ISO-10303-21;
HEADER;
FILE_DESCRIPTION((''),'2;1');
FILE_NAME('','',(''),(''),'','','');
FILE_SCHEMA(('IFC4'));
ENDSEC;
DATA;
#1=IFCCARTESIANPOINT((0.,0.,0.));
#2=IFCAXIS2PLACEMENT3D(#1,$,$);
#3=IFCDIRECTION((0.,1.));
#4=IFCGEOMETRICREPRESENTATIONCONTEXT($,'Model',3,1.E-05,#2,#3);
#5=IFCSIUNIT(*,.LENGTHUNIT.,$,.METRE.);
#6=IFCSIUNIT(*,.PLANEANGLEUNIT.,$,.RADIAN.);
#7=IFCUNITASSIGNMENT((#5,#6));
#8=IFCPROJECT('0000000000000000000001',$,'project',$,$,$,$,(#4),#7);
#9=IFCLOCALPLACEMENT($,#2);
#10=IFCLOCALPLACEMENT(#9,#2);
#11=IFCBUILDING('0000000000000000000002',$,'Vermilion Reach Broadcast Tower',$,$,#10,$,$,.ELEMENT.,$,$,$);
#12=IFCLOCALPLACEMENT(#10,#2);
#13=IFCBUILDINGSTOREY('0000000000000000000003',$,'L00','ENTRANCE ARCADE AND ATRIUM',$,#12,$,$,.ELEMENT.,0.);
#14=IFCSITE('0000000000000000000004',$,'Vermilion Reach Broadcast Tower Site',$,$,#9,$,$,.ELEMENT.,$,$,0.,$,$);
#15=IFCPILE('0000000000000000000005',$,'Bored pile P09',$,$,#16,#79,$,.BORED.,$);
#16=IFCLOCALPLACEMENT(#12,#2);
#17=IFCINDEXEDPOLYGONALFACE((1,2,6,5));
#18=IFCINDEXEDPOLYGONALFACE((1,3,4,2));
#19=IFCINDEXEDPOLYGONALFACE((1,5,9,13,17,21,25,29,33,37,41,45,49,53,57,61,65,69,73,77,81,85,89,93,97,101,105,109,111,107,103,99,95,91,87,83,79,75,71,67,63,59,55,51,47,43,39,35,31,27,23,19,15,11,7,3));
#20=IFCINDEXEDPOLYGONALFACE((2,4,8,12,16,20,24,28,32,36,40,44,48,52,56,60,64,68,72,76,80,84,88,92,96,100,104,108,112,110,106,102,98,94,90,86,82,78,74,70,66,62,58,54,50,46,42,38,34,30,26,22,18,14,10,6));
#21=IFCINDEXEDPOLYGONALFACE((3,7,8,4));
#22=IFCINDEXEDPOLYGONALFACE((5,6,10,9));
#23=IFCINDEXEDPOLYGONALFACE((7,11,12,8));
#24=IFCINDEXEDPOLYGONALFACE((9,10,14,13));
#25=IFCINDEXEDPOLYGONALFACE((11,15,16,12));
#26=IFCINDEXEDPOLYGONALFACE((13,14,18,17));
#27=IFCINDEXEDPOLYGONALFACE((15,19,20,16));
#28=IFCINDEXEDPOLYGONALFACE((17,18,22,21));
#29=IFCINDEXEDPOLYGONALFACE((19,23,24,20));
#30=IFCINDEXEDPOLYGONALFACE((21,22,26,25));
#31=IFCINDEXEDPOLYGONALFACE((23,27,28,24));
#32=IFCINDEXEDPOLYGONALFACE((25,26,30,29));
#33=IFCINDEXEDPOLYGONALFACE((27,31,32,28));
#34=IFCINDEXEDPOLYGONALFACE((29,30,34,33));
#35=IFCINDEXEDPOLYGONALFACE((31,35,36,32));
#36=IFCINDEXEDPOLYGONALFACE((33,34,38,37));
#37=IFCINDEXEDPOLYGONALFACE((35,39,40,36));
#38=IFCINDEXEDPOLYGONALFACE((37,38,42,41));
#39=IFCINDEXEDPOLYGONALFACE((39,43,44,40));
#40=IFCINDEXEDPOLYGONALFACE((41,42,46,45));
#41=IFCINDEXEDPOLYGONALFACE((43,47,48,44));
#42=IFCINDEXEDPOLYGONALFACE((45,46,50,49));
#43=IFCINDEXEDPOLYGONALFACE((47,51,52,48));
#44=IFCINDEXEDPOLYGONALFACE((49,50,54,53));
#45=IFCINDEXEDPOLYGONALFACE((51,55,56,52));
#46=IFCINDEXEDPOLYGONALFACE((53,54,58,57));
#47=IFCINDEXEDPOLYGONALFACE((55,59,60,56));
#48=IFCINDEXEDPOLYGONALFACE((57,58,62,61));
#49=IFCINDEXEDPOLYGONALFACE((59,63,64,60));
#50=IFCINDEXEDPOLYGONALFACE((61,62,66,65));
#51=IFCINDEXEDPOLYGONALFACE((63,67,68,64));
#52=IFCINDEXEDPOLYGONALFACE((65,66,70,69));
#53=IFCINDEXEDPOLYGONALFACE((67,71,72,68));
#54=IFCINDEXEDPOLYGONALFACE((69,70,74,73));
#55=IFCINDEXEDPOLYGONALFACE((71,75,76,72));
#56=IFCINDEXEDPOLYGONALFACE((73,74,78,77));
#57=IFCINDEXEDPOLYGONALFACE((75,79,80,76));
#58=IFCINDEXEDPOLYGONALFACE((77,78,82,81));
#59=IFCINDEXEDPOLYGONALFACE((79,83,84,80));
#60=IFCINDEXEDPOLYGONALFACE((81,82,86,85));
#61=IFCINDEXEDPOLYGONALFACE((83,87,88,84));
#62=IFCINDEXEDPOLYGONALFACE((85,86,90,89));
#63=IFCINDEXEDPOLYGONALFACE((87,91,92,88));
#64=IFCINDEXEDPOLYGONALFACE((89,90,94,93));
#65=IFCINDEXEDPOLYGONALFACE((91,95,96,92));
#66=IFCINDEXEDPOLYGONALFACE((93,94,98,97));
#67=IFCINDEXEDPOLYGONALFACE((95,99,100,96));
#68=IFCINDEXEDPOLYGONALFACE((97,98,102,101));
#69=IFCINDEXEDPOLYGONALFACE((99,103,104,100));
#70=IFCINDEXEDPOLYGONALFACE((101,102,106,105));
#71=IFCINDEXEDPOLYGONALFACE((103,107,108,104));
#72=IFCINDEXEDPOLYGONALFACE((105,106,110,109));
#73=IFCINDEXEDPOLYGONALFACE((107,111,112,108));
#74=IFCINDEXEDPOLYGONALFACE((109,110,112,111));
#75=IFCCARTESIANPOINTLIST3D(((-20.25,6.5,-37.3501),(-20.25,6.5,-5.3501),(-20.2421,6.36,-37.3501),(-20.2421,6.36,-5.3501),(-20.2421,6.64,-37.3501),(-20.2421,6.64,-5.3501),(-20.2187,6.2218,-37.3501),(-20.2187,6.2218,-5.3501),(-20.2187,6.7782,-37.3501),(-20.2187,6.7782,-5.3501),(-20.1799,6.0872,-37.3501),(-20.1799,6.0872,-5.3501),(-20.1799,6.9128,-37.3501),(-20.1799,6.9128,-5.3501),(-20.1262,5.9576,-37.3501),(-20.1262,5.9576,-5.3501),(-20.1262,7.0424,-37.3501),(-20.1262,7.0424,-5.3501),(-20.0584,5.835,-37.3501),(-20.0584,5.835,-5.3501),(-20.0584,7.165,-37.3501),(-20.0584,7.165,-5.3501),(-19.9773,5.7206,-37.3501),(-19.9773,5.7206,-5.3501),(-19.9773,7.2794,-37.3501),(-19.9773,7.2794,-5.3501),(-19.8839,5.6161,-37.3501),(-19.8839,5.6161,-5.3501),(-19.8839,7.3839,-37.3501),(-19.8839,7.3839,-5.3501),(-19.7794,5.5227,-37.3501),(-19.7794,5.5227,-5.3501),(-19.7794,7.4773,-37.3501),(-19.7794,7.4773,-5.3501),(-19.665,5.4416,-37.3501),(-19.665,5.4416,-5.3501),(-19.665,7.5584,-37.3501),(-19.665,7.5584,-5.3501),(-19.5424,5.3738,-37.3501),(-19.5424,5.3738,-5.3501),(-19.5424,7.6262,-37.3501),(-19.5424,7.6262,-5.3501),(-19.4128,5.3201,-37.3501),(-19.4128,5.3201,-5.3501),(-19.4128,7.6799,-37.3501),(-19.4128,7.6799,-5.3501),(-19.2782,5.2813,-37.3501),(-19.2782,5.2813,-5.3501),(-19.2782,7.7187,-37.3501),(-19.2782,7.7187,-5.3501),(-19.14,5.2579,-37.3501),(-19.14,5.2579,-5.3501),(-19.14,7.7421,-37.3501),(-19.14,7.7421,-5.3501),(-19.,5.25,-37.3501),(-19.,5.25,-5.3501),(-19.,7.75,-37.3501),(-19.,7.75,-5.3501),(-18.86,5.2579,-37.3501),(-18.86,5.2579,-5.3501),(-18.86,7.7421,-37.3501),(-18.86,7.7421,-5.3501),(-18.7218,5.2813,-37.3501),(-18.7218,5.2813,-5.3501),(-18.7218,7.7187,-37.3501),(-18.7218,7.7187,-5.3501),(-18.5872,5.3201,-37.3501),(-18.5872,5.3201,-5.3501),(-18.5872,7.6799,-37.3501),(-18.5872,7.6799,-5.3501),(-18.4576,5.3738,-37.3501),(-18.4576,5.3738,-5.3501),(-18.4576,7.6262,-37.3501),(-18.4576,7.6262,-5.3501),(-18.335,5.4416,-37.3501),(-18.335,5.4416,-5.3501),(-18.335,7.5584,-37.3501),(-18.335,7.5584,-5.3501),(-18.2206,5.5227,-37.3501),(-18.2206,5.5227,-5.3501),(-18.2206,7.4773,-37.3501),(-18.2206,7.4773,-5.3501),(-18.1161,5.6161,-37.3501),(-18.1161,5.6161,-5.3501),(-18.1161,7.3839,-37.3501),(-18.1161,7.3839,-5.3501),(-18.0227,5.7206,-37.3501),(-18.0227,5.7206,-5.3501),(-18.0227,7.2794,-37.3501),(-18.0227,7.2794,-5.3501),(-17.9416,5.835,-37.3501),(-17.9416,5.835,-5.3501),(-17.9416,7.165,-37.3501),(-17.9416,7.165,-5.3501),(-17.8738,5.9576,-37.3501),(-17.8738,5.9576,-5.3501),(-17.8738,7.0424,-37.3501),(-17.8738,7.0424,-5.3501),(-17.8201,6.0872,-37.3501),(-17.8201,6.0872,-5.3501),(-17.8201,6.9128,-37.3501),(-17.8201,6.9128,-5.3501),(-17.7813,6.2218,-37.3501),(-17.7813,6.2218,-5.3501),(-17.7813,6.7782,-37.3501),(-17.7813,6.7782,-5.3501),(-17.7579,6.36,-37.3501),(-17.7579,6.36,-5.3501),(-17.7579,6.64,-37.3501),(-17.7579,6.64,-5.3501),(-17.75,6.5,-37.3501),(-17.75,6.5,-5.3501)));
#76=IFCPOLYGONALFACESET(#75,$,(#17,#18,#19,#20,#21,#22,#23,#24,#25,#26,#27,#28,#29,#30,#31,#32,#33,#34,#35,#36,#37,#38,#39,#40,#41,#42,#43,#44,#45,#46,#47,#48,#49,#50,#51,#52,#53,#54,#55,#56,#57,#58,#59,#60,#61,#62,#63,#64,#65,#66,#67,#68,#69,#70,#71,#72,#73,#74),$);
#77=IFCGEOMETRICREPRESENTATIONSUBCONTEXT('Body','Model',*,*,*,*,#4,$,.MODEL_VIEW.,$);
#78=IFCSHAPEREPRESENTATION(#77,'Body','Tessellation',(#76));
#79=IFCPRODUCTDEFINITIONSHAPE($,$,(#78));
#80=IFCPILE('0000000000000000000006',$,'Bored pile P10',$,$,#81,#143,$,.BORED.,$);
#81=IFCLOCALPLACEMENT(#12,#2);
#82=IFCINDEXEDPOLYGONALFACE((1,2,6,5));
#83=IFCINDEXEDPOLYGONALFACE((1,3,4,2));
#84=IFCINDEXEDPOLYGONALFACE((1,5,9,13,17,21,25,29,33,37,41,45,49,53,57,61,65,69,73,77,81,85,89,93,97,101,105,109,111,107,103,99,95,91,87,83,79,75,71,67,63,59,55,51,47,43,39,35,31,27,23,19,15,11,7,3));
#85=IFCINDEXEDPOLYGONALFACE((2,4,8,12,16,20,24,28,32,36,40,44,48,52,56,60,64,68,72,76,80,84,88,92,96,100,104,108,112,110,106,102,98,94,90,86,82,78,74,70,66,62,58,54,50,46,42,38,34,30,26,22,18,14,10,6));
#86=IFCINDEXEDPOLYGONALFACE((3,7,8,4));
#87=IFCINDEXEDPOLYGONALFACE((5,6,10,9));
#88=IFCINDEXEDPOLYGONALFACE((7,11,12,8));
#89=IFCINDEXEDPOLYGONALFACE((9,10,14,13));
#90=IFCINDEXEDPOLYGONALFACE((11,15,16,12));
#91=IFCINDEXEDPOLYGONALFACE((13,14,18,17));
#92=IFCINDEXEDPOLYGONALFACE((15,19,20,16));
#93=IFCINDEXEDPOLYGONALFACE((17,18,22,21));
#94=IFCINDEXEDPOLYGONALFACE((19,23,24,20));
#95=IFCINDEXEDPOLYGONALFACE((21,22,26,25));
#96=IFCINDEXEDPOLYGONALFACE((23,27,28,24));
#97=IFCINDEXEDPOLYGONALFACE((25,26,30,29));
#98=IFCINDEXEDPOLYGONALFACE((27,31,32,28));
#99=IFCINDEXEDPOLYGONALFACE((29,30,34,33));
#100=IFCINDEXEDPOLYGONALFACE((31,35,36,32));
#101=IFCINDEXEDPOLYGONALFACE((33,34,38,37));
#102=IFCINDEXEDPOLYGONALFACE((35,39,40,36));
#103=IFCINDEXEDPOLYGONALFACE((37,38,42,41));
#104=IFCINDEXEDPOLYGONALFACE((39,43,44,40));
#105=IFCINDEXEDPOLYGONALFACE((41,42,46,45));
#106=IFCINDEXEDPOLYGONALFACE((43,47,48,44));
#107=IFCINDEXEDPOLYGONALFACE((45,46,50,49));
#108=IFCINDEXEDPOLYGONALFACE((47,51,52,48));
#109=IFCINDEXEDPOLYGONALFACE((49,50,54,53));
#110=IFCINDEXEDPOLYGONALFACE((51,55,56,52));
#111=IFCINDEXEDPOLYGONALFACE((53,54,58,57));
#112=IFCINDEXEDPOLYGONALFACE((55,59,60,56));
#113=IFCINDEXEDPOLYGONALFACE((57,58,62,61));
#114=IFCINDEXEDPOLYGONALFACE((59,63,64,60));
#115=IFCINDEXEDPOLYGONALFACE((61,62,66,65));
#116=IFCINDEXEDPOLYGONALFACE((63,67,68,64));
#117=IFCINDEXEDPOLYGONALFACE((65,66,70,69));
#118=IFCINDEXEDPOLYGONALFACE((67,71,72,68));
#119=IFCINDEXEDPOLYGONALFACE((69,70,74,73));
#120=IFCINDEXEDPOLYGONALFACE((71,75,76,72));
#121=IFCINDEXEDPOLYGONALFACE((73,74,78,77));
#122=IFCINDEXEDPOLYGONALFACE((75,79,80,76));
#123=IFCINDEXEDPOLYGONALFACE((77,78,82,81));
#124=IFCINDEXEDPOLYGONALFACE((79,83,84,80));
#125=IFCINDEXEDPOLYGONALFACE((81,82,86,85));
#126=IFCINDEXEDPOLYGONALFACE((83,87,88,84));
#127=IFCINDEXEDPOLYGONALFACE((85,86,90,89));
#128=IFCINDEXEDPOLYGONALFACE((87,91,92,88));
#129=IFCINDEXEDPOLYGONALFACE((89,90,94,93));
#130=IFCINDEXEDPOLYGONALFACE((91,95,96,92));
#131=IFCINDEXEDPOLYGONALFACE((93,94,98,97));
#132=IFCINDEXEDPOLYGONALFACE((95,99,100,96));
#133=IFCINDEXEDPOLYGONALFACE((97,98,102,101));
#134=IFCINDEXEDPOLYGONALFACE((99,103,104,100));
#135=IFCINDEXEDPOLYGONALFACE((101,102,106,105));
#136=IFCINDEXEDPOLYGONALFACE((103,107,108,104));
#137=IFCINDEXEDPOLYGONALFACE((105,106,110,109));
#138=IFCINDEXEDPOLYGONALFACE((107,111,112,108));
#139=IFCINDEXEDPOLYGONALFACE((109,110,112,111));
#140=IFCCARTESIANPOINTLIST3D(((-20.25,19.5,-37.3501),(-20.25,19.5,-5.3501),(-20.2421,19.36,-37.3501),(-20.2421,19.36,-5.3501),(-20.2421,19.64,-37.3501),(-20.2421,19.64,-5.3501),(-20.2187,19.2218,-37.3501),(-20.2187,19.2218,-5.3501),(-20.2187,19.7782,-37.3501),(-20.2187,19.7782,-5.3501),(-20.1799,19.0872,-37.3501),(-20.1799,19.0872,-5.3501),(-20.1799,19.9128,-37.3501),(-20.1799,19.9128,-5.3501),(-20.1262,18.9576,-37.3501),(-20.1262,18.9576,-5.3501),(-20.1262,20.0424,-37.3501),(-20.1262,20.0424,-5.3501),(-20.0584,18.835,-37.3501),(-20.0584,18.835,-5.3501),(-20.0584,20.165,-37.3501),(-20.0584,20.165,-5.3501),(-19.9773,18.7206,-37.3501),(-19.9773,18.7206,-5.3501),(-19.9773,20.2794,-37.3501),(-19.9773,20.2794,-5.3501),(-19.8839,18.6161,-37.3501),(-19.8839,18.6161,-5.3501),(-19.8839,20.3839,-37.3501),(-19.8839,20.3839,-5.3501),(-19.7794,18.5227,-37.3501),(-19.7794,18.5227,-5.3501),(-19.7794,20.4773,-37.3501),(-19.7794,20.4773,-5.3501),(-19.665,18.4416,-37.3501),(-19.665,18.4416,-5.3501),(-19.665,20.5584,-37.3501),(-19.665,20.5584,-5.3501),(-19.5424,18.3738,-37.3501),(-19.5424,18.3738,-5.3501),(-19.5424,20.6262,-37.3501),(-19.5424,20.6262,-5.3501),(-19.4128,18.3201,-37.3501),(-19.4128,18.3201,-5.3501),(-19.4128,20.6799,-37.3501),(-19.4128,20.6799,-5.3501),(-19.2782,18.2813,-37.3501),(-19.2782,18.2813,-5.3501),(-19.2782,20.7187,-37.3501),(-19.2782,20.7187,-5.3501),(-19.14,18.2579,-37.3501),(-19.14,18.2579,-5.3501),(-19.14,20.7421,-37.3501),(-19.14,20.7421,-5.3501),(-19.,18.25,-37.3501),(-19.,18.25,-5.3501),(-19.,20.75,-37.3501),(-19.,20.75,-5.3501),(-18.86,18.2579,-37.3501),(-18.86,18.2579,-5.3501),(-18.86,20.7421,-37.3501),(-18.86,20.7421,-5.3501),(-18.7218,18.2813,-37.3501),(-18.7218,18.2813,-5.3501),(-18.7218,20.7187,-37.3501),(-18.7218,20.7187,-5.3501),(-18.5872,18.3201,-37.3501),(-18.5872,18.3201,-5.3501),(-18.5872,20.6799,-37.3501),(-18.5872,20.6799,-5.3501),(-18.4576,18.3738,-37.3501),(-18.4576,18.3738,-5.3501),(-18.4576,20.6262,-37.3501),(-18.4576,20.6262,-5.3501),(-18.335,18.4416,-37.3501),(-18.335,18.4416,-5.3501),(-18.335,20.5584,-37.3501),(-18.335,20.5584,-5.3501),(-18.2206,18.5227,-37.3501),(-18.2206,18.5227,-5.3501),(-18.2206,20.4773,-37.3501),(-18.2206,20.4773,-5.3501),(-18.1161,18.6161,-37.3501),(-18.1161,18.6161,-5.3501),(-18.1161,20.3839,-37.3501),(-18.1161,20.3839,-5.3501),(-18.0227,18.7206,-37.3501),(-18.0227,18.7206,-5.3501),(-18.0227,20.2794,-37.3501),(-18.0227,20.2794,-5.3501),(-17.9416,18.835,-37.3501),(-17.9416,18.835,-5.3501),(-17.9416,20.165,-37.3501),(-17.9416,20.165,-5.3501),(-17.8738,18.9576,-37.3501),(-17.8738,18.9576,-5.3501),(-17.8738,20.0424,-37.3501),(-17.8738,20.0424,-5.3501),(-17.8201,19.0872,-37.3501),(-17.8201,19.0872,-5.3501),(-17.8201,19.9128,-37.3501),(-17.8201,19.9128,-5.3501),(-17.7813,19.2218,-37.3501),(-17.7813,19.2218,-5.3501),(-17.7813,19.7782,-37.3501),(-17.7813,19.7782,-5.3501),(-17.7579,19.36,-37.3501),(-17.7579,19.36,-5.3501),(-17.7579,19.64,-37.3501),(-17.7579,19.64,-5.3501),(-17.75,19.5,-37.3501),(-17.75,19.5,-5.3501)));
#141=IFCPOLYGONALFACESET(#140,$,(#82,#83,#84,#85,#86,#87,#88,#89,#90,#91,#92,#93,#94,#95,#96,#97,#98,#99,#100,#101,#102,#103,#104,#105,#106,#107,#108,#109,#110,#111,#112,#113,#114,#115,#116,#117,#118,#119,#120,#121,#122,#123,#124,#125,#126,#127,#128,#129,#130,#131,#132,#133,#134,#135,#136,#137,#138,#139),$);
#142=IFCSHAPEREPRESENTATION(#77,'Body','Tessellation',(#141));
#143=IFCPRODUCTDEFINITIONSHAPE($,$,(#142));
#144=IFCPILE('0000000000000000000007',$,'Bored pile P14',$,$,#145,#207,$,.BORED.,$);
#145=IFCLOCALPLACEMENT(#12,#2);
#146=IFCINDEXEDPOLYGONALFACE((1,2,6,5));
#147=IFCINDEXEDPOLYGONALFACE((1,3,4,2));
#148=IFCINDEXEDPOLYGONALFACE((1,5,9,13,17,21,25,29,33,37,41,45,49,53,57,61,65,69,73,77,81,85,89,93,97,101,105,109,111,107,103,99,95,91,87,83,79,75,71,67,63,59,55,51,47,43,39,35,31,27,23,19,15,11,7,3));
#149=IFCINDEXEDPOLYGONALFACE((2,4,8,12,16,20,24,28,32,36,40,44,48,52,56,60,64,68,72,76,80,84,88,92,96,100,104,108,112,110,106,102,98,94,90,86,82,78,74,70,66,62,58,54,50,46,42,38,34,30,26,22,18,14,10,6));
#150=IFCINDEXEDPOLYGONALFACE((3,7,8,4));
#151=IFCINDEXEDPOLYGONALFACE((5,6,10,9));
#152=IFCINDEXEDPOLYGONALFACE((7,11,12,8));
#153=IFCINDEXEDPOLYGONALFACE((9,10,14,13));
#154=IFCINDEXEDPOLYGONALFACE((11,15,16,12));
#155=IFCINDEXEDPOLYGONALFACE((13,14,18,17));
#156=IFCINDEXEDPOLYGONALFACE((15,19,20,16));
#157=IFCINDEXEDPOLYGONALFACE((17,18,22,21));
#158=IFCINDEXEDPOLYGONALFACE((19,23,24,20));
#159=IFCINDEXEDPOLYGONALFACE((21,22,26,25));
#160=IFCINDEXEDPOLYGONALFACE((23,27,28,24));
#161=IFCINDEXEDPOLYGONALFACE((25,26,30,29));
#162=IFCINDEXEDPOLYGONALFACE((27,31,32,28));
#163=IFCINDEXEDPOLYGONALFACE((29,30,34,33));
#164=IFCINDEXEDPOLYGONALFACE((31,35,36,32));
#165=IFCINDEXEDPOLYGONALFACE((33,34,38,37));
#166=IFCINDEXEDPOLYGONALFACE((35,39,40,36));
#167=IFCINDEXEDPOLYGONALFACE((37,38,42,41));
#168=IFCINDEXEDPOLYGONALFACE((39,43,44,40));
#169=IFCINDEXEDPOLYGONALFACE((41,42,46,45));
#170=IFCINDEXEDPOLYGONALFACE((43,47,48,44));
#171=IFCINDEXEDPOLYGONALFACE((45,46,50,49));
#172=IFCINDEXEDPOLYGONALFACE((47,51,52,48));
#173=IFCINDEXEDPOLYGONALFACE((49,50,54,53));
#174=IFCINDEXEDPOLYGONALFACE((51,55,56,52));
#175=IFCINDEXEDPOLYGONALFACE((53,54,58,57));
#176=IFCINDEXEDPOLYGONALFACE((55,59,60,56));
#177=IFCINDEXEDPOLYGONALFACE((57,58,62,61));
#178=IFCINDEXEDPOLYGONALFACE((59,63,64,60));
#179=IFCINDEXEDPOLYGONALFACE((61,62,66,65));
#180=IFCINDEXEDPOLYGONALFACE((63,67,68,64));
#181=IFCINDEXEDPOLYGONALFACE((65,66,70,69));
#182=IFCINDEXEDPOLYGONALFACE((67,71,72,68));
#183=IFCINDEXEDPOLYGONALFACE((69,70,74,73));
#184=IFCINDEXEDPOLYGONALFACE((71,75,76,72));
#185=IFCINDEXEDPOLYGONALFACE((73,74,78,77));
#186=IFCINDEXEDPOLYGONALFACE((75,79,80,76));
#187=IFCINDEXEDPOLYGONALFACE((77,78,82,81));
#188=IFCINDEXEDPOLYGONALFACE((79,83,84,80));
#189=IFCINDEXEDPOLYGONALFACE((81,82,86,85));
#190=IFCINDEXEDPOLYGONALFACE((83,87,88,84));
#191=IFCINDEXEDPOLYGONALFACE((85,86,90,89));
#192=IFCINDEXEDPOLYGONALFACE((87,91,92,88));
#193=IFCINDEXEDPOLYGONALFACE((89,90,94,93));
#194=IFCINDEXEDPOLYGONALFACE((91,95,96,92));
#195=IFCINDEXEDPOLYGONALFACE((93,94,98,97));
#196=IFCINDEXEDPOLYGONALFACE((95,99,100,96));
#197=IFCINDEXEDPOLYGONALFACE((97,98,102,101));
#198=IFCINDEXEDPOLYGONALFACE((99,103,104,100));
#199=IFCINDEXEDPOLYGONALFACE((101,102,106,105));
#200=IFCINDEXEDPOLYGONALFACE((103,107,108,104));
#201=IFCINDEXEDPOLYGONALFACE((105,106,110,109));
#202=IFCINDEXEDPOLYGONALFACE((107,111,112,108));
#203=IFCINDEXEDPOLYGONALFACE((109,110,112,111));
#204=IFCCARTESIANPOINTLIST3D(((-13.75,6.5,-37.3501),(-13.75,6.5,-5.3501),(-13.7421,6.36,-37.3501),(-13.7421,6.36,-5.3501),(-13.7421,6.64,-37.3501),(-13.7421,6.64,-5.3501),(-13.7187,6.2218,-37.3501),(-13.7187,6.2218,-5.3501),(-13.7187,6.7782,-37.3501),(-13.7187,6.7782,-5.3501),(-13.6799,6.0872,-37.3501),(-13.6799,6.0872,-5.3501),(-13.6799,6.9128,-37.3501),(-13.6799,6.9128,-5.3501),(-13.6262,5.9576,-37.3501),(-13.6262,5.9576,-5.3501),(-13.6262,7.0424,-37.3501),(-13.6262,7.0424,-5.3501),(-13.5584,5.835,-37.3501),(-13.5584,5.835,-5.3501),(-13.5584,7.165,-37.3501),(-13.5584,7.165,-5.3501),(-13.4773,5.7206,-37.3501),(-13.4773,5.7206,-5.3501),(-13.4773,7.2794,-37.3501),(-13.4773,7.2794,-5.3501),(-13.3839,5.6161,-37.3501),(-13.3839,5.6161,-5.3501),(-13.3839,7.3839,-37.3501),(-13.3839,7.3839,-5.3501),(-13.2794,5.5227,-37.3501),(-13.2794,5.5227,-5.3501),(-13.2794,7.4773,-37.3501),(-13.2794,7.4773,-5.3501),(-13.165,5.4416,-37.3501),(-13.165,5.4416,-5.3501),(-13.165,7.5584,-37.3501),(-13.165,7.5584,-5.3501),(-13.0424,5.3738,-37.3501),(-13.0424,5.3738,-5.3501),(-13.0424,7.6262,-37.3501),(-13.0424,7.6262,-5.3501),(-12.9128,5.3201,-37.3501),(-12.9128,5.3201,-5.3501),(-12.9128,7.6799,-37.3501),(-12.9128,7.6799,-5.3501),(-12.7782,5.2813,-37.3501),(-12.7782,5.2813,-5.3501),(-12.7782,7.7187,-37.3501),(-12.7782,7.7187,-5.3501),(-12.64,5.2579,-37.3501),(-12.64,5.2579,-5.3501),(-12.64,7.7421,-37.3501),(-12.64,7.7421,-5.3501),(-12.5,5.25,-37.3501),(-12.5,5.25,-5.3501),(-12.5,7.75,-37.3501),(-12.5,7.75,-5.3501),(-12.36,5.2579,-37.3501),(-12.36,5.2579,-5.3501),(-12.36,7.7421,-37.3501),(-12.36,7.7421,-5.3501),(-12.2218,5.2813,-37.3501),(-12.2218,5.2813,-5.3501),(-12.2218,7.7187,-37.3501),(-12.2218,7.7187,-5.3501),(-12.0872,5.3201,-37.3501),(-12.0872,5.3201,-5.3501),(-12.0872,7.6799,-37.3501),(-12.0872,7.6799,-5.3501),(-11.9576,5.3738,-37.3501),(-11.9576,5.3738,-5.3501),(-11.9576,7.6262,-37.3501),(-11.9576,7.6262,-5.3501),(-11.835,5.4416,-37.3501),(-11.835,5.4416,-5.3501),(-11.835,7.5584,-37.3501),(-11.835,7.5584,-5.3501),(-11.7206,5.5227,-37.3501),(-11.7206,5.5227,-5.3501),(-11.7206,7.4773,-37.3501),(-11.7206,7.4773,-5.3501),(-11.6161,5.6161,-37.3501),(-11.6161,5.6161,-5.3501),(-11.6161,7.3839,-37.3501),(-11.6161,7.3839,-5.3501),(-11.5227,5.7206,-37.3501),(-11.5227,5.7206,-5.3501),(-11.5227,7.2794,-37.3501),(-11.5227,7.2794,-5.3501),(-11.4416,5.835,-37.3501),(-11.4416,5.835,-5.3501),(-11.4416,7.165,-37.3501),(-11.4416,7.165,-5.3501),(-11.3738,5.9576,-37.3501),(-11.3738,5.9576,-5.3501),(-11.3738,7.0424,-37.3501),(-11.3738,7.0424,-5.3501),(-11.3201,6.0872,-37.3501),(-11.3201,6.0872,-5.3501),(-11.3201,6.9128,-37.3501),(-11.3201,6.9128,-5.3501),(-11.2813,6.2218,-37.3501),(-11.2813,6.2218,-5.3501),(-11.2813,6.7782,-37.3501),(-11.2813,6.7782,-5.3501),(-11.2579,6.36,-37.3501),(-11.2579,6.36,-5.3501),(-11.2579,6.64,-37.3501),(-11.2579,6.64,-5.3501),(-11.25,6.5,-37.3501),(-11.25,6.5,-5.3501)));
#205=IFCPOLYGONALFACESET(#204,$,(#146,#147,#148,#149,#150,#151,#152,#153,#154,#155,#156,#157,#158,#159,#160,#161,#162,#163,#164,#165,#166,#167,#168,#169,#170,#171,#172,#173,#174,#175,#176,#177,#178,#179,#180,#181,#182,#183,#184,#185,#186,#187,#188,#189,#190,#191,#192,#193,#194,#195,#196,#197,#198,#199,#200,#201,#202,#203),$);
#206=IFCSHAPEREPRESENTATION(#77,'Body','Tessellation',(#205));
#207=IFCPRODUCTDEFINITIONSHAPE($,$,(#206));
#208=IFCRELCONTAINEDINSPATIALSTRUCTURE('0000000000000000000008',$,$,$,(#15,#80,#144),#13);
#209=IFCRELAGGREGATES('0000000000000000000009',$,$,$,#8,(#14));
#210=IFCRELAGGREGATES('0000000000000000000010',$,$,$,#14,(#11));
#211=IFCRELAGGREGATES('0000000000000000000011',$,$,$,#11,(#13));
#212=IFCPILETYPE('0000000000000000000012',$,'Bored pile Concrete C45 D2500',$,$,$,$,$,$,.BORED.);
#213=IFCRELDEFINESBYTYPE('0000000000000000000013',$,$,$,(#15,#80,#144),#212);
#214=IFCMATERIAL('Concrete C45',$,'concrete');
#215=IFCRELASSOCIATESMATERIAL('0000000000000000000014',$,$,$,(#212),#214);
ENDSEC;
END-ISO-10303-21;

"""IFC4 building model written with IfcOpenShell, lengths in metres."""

from ifc_helpers import new_model, si_unit, direction, frame, origin, origin_2d, place, context, subcontext, project, spatial, circle, extrude, material, material_profile, profile_set, type_object, element, save


model = new_model("IFC4")

# Units and contexts
model_context = context("Model", 3, precision=1e-05, world=origin(), true_north=direction((0.0, 1.0)))
body_context = subcontext(model_context, "Body", "Model", "MODEL_VIEW")
ifc_project = project(units=[si_unit("LENGTHUNIT", "METRE"), si_unit("PLANEANGLEUNIT", "RADIAN")], contexts=[model_context])

# Site, building, storey
site_placement = place(None, origin())
site = spatial("IfcSite", under=ifc_project, at=site_placement, Name="Vermilion Reach Broadcast Tower Site", CompositionType="ELEMENT", RefElevation=0.0)
building_placement = place(site_placement, origin())
building = spatial("IfcBuilding", under=site, at=building_placement, Name="Vermilion Reach Broadcast Tower", CompositionType="ELEMENT")
storey_placement = place(building_placement, origin())
storey = spatial("IfcBuildingStorey", under=building, at=storey_placement, Name="L00", Description="ENTRANCE ARCADE AND ATRIUM", CompositionType="ELEMENT", Elevation=0.0)

# Piles
ifc_material_1 = material(Name="Concrete C45", Category="concrete")
ifc_material_profile_1 = material_profile(ifc_material_1, circle(Radius=1.25, at=origin_2d()), Name="Concrete C45 D2500")
ifc_profile_set_1 = profile_set([ifc_material_profile_1], Name="Concrete C45")
pile_type = type_object("IfcPileType", Name="Bored pile Concrete C45 D2500", PredefinedType="BORED", material=ifc_profile_set_1)
for number, where, z_axis, x_axis, name in (
    (1, (-19.0, 6.5, -5.3501), (0.0, 0.0, -1.0), (1.0, 0.0, 0.0), "Bored pile P09"),
    (2, (-19.0, 19.5, -5.3501), (0.0, 0.0, -1.0), (1.0, 0.0, 0.0), "Bored pile P10"),
    (3, (-12.5, 6.5, -5.3501), (0.0, 0.0, -1.0), (1.0, 0.0, 0.0), "Bored pile P14"),
):
    element("IfcPile", number, at=place(storey_placement, frame(where, z_axis=z_axis, x_axis=x_axis)), inside=storey, type_object=pile_type, Name=name, PredefinedType="BORED", context=body_context, shape_type="SweptSolid", body=[
        extrude(circle(Radius=1.25, at=origin_2d()), origin(), (0.0, 0.0, 1.0), 32.0),
    ])

save(model, "model.ifc")
